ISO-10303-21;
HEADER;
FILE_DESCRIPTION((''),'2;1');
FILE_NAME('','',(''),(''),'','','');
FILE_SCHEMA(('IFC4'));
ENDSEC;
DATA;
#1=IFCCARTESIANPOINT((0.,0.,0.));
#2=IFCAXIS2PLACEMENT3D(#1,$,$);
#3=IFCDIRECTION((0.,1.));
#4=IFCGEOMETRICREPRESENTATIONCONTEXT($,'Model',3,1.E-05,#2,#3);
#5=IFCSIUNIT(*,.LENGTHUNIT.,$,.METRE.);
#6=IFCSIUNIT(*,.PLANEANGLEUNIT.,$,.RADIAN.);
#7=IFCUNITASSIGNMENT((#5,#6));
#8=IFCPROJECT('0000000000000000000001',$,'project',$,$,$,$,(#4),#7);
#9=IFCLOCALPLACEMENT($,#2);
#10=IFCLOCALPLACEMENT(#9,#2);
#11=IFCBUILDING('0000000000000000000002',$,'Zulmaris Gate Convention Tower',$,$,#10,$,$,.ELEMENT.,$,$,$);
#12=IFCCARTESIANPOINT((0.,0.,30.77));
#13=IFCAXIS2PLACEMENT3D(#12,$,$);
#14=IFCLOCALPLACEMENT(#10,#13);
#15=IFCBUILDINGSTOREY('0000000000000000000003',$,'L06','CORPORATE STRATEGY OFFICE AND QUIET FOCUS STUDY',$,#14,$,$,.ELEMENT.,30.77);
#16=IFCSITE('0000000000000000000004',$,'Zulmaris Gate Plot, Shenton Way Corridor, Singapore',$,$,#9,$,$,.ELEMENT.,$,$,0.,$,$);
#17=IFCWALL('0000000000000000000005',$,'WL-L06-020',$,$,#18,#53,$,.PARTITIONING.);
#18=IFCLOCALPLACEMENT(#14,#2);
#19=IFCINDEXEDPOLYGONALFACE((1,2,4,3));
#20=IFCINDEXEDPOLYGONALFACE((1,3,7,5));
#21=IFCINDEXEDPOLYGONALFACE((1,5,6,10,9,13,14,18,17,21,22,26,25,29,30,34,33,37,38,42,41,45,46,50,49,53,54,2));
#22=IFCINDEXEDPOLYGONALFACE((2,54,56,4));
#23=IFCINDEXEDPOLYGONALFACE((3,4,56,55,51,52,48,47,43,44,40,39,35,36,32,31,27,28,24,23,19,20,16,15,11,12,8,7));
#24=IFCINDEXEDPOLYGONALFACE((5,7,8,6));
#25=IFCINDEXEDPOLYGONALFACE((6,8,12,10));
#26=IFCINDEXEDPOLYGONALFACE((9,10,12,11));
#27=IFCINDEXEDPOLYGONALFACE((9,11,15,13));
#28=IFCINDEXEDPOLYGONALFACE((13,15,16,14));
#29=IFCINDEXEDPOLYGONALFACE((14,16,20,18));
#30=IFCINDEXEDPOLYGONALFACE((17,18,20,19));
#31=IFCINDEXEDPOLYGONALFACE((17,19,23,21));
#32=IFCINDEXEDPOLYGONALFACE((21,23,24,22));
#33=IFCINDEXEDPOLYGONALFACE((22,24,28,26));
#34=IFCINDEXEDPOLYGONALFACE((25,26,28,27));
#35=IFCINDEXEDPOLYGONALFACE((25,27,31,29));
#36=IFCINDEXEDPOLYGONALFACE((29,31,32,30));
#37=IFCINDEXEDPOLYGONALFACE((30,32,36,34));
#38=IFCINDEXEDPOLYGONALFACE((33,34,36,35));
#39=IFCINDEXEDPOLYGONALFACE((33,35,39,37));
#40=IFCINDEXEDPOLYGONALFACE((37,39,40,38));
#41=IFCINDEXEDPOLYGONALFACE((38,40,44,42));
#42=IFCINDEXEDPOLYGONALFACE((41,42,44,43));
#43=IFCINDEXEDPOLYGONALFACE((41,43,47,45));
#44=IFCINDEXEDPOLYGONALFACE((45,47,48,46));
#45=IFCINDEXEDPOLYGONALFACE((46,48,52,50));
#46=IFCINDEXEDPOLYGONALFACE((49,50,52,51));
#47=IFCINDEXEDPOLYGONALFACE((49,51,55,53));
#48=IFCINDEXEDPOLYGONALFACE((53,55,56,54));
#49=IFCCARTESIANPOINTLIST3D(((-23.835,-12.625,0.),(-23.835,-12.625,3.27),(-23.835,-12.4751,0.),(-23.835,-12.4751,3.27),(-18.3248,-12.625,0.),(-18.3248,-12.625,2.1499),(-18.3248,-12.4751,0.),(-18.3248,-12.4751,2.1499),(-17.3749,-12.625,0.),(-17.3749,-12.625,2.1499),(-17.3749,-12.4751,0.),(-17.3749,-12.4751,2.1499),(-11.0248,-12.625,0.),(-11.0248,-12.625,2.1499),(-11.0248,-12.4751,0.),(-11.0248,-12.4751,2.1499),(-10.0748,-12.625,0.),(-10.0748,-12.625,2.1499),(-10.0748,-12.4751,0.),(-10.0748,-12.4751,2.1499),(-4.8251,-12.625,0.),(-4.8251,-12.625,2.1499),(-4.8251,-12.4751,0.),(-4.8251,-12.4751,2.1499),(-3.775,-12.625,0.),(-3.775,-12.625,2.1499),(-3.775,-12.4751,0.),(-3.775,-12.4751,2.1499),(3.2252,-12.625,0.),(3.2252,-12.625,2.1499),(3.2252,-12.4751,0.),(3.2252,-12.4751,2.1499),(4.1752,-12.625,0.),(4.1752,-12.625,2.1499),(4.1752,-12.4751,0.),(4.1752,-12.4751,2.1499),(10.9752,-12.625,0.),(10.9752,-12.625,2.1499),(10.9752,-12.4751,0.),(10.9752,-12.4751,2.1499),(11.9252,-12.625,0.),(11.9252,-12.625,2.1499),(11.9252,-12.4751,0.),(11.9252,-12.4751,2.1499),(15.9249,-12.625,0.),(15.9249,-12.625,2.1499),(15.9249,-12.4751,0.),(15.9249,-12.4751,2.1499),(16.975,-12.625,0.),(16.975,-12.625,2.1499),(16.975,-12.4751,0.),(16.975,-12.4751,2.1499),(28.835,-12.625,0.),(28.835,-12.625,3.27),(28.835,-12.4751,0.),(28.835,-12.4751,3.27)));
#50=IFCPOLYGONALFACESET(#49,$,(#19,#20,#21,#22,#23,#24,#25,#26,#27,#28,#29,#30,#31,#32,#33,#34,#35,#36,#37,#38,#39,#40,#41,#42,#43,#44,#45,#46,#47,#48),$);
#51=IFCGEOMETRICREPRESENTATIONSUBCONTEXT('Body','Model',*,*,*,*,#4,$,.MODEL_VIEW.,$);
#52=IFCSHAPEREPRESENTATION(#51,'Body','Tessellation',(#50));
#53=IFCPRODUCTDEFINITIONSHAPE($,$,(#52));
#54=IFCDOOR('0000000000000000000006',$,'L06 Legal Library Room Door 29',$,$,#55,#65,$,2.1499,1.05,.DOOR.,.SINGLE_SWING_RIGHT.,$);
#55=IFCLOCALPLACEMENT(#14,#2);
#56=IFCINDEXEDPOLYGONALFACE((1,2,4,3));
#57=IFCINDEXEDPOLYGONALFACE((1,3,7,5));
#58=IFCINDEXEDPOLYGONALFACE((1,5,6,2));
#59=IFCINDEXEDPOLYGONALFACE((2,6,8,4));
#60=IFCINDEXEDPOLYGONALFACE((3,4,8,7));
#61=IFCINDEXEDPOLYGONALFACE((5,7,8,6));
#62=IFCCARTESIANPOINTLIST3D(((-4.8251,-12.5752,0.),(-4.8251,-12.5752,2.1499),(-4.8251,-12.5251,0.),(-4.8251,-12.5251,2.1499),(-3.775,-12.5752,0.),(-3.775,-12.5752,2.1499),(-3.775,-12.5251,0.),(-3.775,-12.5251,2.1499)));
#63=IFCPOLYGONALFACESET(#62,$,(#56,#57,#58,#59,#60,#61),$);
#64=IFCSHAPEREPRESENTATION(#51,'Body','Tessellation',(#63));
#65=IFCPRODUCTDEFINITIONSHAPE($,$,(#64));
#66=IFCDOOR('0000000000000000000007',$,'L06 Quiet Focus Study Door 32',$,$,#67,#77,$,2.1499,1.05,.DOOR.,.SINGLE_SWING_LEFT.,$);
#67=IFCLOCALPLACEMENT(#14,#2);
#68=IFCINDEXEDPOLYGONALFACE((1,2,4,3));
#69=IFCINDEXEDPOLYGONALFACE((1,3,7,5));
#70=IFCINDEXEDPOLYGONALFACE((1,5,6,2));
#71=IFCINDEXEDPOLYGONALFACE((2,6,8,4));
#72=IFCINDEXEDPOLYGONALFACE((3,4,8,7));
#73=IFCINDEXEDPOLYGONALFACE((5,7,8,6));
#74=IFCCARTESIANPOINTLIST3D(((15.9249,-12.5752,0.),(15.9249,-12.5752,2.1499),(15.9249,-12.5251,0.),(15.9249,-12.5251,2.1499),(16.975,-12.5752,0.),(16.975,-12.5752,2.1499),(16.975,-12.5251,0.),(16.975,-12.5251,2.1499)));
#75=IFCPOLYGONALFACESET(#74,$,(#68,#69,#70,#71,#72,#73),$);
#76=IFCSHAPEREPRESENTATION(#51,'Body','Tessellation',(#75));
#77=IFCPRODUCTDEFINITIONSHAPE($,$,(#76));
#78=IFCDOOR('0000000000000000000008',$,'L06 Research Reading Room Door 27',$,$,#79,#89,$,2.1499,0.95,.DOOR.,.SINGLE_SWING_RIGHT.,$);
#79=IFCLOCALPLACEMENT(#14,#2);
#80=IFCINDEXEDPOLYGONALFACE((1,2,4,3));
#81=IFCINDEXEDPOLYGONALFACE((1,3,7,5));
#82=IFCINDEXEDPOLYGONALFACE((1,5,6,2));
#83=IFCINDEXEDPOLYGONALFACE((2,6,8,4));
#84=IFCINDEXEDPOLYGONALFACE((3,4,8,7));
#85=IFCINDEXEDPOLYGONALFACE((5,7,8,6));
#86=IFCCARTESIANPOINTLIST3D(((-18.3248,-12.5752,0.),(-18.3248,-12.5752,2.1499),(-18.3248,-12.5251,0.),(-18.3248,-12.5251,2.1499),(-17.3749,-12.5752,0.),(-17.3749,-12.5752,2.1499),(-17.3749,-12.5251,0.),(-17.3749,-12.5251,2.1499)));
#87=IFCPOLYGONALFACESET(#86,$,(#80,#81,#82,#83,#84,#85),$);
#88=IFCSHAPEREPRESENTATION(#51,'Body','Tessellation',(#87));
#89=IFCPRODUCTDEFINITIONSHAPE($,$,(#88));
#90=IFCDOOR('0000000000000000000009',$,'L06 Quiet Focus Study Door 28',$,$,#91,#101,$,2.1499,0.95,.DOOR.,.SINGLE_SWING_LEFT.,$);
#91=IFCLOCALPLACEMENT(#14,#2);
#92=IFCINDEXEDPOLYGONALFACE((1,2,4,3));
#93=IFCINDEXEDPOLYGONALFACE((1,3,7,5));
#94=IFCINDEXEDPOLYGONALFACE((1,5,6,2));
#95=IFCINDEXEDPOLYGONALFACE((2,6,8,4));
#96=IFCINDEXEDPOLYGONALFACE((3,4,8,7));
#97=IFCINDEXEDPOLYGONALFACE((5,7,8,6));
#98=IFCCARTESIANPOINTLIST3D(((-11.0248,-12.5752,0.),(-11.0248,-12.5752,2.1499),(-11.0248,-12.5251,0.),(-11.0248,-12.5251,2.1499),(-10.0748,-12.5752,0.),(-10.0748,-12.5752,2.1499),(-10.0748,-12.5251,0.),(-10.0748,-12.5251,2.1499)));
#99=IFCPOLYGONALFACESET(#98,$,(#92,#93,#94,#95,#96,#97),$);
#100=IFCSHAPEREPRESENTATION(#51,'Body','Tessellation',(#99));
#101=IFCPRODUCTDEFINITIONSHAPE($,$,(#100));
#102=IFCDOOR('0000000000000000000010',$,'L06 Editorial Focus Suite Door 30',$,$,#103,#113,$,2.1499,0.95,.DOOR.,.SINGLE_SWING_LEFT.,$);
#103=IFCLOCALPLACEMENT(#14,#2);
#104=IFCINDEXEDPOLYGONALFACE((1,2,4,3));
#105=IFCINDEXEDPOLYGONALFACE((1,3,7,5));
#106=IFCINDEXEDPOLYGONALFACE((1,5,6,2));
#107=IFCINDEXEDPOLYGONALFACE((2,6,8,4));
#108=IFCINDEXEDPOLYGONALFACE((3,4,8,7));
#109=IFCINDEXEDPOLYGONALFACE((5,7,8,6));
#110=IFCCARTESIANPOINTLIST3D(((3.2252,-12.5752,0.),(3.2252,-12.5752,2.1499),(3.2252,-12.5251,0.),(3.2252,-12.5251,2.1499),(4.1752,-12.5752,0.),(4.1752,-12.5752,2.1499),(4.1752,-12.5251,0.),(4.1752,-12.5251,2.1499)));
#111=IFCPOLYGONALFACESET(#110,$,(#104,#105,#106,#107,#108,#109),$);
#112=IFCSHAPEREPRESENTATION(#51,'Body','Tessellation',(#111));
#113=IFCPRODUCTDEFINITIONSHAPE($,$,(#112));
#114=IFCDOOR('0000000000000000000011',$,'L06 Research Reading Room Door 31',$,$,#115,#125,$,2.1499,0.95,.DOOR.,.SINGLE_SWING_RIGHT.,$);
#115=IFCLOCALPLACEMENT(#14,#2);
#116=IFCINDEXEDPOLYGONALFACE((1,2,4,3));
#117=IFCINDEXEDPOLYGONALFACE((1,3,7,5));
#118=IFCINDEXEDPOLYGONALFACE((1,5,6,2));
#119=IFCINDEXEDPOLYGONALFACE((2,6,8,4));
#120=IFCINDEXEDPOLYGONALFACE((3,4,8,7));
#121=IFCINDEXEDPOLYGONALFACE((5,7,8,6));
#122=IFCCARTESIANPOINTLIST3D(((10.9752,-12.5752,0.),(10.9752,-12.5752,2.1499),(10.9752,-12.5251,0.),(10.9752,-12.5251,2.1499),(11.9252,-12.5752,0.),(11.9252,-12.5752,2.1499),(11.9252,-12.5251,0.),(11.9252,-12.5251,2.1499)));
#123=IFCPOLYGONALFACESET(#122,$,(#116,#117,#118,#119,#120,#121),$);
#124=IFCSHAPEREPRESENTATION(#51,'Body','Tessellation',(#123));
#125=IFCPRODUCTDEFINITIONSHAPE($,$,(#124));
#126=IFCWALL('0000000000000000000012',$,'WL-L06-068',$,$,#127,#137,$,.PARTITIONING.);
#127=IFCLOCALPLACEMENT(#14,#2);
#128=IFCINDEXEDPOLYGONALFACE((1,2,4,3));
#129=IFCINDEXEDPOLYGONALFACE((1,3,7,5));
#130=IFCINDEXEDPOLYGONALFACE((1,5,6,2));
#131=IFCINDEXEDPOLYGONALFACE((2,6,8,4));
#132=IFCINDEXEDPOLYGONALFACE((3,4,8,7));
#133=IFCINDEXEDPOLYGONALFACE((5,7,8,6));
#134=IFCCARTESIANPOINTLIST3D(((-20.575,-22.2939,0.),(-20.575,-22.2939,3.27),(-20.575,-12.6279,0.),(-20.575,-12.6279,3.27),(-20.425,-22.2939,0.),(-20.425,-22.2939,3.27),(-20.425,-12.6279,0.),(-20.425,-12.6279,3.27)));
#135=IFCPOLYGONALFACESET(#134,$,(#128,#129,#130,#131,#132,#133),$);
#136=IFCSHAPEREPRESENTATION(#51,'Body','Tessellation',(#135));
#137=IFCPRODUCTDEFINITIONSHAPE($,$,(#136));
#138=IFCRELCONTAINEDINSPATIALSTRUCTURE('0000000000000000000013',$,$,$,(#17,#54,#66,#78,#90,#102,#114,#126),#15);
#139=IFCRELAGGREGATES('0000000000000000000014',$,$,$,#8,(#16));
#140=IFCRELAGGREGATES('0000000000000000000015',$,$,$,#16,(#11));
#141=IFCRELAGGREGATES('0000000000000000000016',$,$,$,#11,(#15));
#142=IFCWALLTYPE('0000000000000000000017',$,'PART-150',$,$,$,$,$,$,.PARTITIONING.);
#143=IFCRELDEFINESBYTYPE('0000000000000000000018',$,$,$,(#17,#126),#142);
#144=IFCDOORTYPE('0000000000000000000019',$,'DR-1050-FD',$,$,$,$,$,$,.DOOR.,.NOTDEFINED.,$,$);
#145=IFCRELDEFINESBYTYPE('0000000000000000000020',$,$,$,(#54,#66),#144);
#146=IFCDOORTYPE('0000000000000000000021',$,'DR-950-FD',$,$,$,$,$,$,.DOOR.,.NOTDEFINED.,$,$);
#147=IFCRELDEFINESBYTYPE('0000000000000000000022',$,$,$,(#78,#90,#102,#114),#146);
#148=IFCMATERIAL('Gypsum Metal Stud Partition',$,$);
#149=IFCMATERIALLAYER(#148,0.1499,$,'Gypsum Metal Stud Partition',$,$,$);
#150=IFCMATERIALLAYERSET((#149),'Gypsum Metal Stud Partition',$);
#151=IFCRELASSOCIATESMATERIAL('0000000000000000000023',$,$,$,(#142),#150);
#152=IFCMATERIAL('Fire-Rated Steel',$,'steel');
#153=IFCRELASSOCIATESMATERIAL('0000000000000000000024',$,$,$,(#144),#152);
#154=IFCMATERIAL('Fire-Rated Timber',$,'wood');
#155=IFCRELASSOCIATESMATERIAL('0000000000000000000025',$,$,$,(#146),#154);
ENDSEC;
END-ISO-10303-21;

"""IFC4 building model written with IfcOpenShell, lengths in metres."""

from ifc_helpers import new_model, si_unit, direction, frame, frame_2d, origin, place, context, subcontext, project, spatial, rectangle, extrude, material, layer, layer_set, type_object, element, fill, save


model = new_model("IFC4")

# Units and contexts
model_context = context("Model", 3, precision=1e-05, world=origin(), true_north=direction((0.0, 1.0)))
body_context = subcontext(model_context, "Body", "Model", "MODEL_VIEW")
ifc_project = project(units=[si_unit("LENGTHUNIT", "METRE"), si_unit("PLANEANGLEUNIT", "RADIAN")], contexts=[model_context])

# Site, building, storey
site_placement = place(None, origin())
site = spatial("IfcSite", under=ifc_project, at=site_placement, Name="Zulmaris Gate Plot, Shenton Way Corridor, Singapore", CompositionType="ELEMENT", RefElevation=0.0)
building_placement = place(site_placement, origin())
building = spatial("IfcBuilding", under=site, at=building_placement, Name="Zulmaris Gate Convention Tower", CompositionType="ELEMENT")
storey_placement = place(building_placement, frame((0.0, 0.0, 30.77)))
storey = spatial("IfcBuildingStorey", under=building, at=storey_placement, Name="L06", Description="CORPORATE STRATEGY OFFICE AND QUIET FOCUS STUDY", CompositionType="ELEMENT", Elevation=30.77)

# Wall, openings, doors
ifc_material_1 = material(Name="Gypsum Metal Stud Partition")
ifc_layer_1 = layer(ifc_material_1, 0.1499, Name="Gypsum Metal Stud Partition")
ifc_layer_set_1 = layer_set([ifc_layer_1], Name="Gypsum Metal Stud Partition")
wall_type_1 = type_object("IfcWallType", Name="PART-150", PredefinedType="PARTITIONING", material=ifc_layer_set_1)
wall_1_placement = place(storey_placement, frame((-23.835, -12.55, 0.0), z_axis=(0.0, 0.0, 1.0), x_axis=(1.0, 0.0, 0.0)))
wall_1 = element("IfcWall", 1, at=wall_1_placement, inside=storey, type_object=wall_type_1, Name="WL-L06-020", PredefinedType="PARTITIONING", context=body_context, shape_type="SweptSolid", body=[
    extrude(rectangle(XDim=52.6699, YDim=0.1499, at=frame_2d((26.335, 0.0))), origin(), (0.0, 0.0, 1.0), 3.27),
])
opening_1_placement = place(wall_1_placement, frame((5.51, 0.0, 0.0)))
opening_1 = element("IfcOpeningElement", 2, at=opening_1_placement, cuts=wall_1, PredefinedType="OPENING", context=body_context, shape_type="SweptSolid", body=[
    extrude(rectangle(XDim=0.95, YDim=2.1499, at=frame_2d((0.4751, 1.075))), frame((0.0, 0.085, 0.0), z_axis=(0.0, -1.0, 0.0), x_axis=(1.0, 0.0, 0.0)), (0.0, 0.0, 1.0), 0.1699),
])
opening_2_placement = place(wall_1_placement, frame((12.8101, 0.0, 0.0)))
opening_2 = element("IfcOpeningElement", 3, at=opening_2_placement, cuts=wall_1, PredefinedType="OPENING", context=body_context, shape_type="SweptSolid", body=[
    extrude(rectangle(XDim=0.95, YDim=2.1499, at=frame_2d((0.4751, 1.075))), frame((0.0, 0.085, 0.0), z_axis=(0.0, -1.0, 0.0), x_axis=(1.0, 0.0, 0.0)), (0.0, 0.0, 1.0), 0.1699),
])
opening_3_placement = place(wall_1_placement, frame((19.01, 0.0, 0.0)))
opening_3 = element("IfcOpeningElement", 4, at=opening_3_placement, cuts=wall_1, PredefinedType="OPENING", context=body_context, shape_type="SweptSolid", body=[
    extrude(rectangle(XDim=1.05, YDim=2.1499, at=frame_2d((0.5249, 1.075))), frame((0.0, 0.085, 0.0), z_axis=(0.0, -1.0, 0.0), x_axis=(1.0, 0.0, 0.0)), (0.0, 0.0, 1.0), 0.1699),
])
opening_4_placement = place(wall_1_placement, frame((27.0601, 0.0, 0.0)))
opening_4 = element("IfcOpeningElement", 5, at=opening_4_placement, cuts=wall_1, PredefinedType="OPENING", context=body_context, shape_type="SweptSolid", body=[
    extrude(rectangle(XDim=0.95, YDim=2.1499, at=frame_2d((0.4751, 1.075))), frame((0.0, 0.085, 0.0), z_axis=(0.0, -1.0, 0.0), x_axis=(1.0, 0.0, 0.0)), (0.0, 0.0, 1.0), 0.1699),
])
opening_5_placement = place(wall_1_placement, frame((34.8101, 0.0, 0.0)))
opening_5 = element("IfcOpeningElement", 6, at=opening_5_placement, cuts=wall_1, PredefinedType="OPENING", context=body_context, shape_type="SweptSolid", body=[
    extrude(rectangle(XDim=0.95, YDim=2.1499, at=frame_2d((0.4751, 1.075))), frame((0.0, 0.085, 0.0), z_axis=(0.0, -1.0, 0.0), x_axis=(1.0, 0.0, 0.0)), (0.0, 0.0, 1.0), 0.1699),
])
opening_6_placement = place(wall_1_placement, frame((39.76, 0.0, 0.0)))
opening_6 = element("IfcOpeningElement", 7, at=opening_6_placement, cuts=wall_1, PredefinedType="OPENING", context=body_context, shape_type="SweptSolid", body=[
    extrude(rectangle(XDim=1.05, YDim=2.1499, at=frame_2d((0.5249, 1.075))), frame((0.0, 0.085, 0.0), z_axis=(0.0, -1.0, 0.0), x_axis=(1.0, 0.0, 0.0)), (0.0, 0.0, 1.0), 0.1699),
])
ifc_material_2 = material(Name="Fire-Rated Steel", Category="steel")
door_type_1 = type_object("IfcDoorType", Name="DR-1050-FD", OperationType="NOTDEFINED", PredefinedType="DOOR", material=ifc_material_2)
door_1_placement = place(opening_3_placement, origin())
door_1 = element("IfcDoor", 8, at=door_1_placement, inside=storey, type_object=door_type_1, Name="L06 Legal Library Room Door 29", OperationType="SINGLE_SWING_RIGHT", OverallHeight=2.1499, OverallWidth=1.05, PredefinedType="DOOR", context=body_context, shape_type="SweptSolid", body=[
    extrude(rectangle(XDim=1.05, YDim=2.1499, at=frame_2d((0.5249, 1.075))), frame((0.0, 0.0249, 0.0), z_axis=(0.0, -1.0, 0.0), x_axis=(1.0, 0.0, 0.0)), (0.0, 0.0, 1.0), 0.05),
])
fill(opening_3, door_1)
door_2_placement = place(opening_6_placement, origin())
door_2 = element("IfcDoor", 9, at=door_2_placement, inside=storey, type_object=door_type_1, Name="L06 Quiet Focus Study Door 32", OperationType="SINGLE_SWING_LEFT", OverallHeight=2.1499, OverallWidth=1.05, PredefinedType="DOOR", context=body_context, shape_type="SweptSolid", body=[
    extrude(rectangle(XDim=1.05, YDim=2.1499, at=frame_2d((0.5249, 1.075))), frame((0.0, 0.0249, 0.0), z_axis=(0.0, -1.0, 0.0), x_axis=(1.0, 0.0, 0.0)), (0.0, 0.0, 1.0), 0.05),
])
fill(opening_6, door_2)
ifc_material_3 = material(Name="Fire-Rated Timber", Category="wood")
door_type_2 = type_object("IfcDoorType", Name="DR-950-FD", OperationType="NOTDEFINED", PredefinedType="DOOR", material=ifc_material_3)
door_3_placement = place(opening_1_placement, origin())
door_3 = element("IfcDoor", 10, at=door_3_placement, inside=storey, type_object=door_type_2, Name="L06 Research Reading Room Door 27", OperationType="SINGLE_SWING_RIGHT", OverallHeight=2.1499, OverallWidth=0.95, PredefinedType="DOOR", context=body_context, shape_type="SweptSolid", body=[
    extrude(rectangle(XDim=0.95, YDim=2.1499, at=frame_2d((0.4751, 1.075))), frame((0.0, 0.0249, 0.0), z_axis=(0.0, -1.0, 0.0), x_axis=(1.0, 0.0, 0.0)), (0.0, 0.0, 1.0), 0.05),
])
fill(opening_1, door_3)
door_4_placement = place(opening_2_placement, origin())
door_4 = element("IfcDoor", 11, at=door_4_placement, inside=storey, type_object=door_type_2, Name="L06 Quiet Focus Study Door 28", OperationType="SINGLE_SWING_LEFT", OverallHeight=2.1499, OverallWidth=0.95, PredefinedType="DOOR", context=body_context, shape_type="SweptSolid", body=[
    extrude(rectangle(XDim=0.95, YDim=2.1499, at=frame_2d((0.4751, 1.075))), frame((0.0, 0.0249, 0.0), z_axis=(0.0, -1.0, 0.0), x_axis=(1.0, 0.0, 0.0)), (0.0, 0.0, 1.0), 0.05),
])
fill(opening_2, door_4)
door_5_placement = place(opening_4_placement, origin())
door_5 = element("IfcDoor", 12, at=door_5_placement, inside=storey, type_object=door_type_2, Name="L06 Editorial Focus Suite Door 30", OperationType="SINGLE_SWING_LEFT", OverallHeight=2.1499, OverallWidth=0.95, PredefinedType="DOOR", context=body_context, shape_type="SweptSolid", body=[
    extrude(rectangle(XDim=0.95, YDim=2.1499, at=frame_2d((0.4751, 1.075))), frame((0.0, 0.0249, 0.0), z_axis=(0.0, -1.0, 0.0), x_axis=(1.0, 0.0, 0.0)), (0.0, 0.0, 1.0), 0.05),
])
fill(opening_4, door_5)
door_6_placement = place(opening_5_placement, origin())
door_6 = element("IfcDoor", 13, at=door_6_placement, inside=storey, type_object=door_type_2, Name="L06 Research Reading Room Door 31", OperationType="SINGLE_SWING_RIGHT", OverallHeight=2.1499, OverallWidth=0.95, PredefinedType="DOOR", context=body_context, shape_type="SweptSolid", body=[
    extrude(rectangle(XDim=0.95, YDim=2.1499, at=frame_2d((0.4751, 1.075))), frame((0.0, 0.0249, 0.0), z_axis=(0.0, -1.0, 0.0), x_axis=(1.0, 0.0, 0.0)), (0.0, 0.0, 1.0), 0.05),
])
fill(opening_5, door_6)

# Wall
wall_2_placement = place(storey_placement, frame((-20.5, -22.2939, 0.0), z_axis=(0.0, 0.0, 1.0), x_axis=(0.0, 1.0, 0.0)))
element("IfcWall", 14, at=wall_2_placement, inside=storey, type_object=wall_type_1, Name="WL-L06-068", PredefinedType="PARTITIONING", context=body_context, shape_type="SweptSolid", body=[
    extrude(rectangle(XDim=9.666, YDim=0.1499, at=frame_2d((4.833, 0.0))), origin(), (0.0, 0.0, 1.0), 3.27),
])

save(model, "model.ifc")
